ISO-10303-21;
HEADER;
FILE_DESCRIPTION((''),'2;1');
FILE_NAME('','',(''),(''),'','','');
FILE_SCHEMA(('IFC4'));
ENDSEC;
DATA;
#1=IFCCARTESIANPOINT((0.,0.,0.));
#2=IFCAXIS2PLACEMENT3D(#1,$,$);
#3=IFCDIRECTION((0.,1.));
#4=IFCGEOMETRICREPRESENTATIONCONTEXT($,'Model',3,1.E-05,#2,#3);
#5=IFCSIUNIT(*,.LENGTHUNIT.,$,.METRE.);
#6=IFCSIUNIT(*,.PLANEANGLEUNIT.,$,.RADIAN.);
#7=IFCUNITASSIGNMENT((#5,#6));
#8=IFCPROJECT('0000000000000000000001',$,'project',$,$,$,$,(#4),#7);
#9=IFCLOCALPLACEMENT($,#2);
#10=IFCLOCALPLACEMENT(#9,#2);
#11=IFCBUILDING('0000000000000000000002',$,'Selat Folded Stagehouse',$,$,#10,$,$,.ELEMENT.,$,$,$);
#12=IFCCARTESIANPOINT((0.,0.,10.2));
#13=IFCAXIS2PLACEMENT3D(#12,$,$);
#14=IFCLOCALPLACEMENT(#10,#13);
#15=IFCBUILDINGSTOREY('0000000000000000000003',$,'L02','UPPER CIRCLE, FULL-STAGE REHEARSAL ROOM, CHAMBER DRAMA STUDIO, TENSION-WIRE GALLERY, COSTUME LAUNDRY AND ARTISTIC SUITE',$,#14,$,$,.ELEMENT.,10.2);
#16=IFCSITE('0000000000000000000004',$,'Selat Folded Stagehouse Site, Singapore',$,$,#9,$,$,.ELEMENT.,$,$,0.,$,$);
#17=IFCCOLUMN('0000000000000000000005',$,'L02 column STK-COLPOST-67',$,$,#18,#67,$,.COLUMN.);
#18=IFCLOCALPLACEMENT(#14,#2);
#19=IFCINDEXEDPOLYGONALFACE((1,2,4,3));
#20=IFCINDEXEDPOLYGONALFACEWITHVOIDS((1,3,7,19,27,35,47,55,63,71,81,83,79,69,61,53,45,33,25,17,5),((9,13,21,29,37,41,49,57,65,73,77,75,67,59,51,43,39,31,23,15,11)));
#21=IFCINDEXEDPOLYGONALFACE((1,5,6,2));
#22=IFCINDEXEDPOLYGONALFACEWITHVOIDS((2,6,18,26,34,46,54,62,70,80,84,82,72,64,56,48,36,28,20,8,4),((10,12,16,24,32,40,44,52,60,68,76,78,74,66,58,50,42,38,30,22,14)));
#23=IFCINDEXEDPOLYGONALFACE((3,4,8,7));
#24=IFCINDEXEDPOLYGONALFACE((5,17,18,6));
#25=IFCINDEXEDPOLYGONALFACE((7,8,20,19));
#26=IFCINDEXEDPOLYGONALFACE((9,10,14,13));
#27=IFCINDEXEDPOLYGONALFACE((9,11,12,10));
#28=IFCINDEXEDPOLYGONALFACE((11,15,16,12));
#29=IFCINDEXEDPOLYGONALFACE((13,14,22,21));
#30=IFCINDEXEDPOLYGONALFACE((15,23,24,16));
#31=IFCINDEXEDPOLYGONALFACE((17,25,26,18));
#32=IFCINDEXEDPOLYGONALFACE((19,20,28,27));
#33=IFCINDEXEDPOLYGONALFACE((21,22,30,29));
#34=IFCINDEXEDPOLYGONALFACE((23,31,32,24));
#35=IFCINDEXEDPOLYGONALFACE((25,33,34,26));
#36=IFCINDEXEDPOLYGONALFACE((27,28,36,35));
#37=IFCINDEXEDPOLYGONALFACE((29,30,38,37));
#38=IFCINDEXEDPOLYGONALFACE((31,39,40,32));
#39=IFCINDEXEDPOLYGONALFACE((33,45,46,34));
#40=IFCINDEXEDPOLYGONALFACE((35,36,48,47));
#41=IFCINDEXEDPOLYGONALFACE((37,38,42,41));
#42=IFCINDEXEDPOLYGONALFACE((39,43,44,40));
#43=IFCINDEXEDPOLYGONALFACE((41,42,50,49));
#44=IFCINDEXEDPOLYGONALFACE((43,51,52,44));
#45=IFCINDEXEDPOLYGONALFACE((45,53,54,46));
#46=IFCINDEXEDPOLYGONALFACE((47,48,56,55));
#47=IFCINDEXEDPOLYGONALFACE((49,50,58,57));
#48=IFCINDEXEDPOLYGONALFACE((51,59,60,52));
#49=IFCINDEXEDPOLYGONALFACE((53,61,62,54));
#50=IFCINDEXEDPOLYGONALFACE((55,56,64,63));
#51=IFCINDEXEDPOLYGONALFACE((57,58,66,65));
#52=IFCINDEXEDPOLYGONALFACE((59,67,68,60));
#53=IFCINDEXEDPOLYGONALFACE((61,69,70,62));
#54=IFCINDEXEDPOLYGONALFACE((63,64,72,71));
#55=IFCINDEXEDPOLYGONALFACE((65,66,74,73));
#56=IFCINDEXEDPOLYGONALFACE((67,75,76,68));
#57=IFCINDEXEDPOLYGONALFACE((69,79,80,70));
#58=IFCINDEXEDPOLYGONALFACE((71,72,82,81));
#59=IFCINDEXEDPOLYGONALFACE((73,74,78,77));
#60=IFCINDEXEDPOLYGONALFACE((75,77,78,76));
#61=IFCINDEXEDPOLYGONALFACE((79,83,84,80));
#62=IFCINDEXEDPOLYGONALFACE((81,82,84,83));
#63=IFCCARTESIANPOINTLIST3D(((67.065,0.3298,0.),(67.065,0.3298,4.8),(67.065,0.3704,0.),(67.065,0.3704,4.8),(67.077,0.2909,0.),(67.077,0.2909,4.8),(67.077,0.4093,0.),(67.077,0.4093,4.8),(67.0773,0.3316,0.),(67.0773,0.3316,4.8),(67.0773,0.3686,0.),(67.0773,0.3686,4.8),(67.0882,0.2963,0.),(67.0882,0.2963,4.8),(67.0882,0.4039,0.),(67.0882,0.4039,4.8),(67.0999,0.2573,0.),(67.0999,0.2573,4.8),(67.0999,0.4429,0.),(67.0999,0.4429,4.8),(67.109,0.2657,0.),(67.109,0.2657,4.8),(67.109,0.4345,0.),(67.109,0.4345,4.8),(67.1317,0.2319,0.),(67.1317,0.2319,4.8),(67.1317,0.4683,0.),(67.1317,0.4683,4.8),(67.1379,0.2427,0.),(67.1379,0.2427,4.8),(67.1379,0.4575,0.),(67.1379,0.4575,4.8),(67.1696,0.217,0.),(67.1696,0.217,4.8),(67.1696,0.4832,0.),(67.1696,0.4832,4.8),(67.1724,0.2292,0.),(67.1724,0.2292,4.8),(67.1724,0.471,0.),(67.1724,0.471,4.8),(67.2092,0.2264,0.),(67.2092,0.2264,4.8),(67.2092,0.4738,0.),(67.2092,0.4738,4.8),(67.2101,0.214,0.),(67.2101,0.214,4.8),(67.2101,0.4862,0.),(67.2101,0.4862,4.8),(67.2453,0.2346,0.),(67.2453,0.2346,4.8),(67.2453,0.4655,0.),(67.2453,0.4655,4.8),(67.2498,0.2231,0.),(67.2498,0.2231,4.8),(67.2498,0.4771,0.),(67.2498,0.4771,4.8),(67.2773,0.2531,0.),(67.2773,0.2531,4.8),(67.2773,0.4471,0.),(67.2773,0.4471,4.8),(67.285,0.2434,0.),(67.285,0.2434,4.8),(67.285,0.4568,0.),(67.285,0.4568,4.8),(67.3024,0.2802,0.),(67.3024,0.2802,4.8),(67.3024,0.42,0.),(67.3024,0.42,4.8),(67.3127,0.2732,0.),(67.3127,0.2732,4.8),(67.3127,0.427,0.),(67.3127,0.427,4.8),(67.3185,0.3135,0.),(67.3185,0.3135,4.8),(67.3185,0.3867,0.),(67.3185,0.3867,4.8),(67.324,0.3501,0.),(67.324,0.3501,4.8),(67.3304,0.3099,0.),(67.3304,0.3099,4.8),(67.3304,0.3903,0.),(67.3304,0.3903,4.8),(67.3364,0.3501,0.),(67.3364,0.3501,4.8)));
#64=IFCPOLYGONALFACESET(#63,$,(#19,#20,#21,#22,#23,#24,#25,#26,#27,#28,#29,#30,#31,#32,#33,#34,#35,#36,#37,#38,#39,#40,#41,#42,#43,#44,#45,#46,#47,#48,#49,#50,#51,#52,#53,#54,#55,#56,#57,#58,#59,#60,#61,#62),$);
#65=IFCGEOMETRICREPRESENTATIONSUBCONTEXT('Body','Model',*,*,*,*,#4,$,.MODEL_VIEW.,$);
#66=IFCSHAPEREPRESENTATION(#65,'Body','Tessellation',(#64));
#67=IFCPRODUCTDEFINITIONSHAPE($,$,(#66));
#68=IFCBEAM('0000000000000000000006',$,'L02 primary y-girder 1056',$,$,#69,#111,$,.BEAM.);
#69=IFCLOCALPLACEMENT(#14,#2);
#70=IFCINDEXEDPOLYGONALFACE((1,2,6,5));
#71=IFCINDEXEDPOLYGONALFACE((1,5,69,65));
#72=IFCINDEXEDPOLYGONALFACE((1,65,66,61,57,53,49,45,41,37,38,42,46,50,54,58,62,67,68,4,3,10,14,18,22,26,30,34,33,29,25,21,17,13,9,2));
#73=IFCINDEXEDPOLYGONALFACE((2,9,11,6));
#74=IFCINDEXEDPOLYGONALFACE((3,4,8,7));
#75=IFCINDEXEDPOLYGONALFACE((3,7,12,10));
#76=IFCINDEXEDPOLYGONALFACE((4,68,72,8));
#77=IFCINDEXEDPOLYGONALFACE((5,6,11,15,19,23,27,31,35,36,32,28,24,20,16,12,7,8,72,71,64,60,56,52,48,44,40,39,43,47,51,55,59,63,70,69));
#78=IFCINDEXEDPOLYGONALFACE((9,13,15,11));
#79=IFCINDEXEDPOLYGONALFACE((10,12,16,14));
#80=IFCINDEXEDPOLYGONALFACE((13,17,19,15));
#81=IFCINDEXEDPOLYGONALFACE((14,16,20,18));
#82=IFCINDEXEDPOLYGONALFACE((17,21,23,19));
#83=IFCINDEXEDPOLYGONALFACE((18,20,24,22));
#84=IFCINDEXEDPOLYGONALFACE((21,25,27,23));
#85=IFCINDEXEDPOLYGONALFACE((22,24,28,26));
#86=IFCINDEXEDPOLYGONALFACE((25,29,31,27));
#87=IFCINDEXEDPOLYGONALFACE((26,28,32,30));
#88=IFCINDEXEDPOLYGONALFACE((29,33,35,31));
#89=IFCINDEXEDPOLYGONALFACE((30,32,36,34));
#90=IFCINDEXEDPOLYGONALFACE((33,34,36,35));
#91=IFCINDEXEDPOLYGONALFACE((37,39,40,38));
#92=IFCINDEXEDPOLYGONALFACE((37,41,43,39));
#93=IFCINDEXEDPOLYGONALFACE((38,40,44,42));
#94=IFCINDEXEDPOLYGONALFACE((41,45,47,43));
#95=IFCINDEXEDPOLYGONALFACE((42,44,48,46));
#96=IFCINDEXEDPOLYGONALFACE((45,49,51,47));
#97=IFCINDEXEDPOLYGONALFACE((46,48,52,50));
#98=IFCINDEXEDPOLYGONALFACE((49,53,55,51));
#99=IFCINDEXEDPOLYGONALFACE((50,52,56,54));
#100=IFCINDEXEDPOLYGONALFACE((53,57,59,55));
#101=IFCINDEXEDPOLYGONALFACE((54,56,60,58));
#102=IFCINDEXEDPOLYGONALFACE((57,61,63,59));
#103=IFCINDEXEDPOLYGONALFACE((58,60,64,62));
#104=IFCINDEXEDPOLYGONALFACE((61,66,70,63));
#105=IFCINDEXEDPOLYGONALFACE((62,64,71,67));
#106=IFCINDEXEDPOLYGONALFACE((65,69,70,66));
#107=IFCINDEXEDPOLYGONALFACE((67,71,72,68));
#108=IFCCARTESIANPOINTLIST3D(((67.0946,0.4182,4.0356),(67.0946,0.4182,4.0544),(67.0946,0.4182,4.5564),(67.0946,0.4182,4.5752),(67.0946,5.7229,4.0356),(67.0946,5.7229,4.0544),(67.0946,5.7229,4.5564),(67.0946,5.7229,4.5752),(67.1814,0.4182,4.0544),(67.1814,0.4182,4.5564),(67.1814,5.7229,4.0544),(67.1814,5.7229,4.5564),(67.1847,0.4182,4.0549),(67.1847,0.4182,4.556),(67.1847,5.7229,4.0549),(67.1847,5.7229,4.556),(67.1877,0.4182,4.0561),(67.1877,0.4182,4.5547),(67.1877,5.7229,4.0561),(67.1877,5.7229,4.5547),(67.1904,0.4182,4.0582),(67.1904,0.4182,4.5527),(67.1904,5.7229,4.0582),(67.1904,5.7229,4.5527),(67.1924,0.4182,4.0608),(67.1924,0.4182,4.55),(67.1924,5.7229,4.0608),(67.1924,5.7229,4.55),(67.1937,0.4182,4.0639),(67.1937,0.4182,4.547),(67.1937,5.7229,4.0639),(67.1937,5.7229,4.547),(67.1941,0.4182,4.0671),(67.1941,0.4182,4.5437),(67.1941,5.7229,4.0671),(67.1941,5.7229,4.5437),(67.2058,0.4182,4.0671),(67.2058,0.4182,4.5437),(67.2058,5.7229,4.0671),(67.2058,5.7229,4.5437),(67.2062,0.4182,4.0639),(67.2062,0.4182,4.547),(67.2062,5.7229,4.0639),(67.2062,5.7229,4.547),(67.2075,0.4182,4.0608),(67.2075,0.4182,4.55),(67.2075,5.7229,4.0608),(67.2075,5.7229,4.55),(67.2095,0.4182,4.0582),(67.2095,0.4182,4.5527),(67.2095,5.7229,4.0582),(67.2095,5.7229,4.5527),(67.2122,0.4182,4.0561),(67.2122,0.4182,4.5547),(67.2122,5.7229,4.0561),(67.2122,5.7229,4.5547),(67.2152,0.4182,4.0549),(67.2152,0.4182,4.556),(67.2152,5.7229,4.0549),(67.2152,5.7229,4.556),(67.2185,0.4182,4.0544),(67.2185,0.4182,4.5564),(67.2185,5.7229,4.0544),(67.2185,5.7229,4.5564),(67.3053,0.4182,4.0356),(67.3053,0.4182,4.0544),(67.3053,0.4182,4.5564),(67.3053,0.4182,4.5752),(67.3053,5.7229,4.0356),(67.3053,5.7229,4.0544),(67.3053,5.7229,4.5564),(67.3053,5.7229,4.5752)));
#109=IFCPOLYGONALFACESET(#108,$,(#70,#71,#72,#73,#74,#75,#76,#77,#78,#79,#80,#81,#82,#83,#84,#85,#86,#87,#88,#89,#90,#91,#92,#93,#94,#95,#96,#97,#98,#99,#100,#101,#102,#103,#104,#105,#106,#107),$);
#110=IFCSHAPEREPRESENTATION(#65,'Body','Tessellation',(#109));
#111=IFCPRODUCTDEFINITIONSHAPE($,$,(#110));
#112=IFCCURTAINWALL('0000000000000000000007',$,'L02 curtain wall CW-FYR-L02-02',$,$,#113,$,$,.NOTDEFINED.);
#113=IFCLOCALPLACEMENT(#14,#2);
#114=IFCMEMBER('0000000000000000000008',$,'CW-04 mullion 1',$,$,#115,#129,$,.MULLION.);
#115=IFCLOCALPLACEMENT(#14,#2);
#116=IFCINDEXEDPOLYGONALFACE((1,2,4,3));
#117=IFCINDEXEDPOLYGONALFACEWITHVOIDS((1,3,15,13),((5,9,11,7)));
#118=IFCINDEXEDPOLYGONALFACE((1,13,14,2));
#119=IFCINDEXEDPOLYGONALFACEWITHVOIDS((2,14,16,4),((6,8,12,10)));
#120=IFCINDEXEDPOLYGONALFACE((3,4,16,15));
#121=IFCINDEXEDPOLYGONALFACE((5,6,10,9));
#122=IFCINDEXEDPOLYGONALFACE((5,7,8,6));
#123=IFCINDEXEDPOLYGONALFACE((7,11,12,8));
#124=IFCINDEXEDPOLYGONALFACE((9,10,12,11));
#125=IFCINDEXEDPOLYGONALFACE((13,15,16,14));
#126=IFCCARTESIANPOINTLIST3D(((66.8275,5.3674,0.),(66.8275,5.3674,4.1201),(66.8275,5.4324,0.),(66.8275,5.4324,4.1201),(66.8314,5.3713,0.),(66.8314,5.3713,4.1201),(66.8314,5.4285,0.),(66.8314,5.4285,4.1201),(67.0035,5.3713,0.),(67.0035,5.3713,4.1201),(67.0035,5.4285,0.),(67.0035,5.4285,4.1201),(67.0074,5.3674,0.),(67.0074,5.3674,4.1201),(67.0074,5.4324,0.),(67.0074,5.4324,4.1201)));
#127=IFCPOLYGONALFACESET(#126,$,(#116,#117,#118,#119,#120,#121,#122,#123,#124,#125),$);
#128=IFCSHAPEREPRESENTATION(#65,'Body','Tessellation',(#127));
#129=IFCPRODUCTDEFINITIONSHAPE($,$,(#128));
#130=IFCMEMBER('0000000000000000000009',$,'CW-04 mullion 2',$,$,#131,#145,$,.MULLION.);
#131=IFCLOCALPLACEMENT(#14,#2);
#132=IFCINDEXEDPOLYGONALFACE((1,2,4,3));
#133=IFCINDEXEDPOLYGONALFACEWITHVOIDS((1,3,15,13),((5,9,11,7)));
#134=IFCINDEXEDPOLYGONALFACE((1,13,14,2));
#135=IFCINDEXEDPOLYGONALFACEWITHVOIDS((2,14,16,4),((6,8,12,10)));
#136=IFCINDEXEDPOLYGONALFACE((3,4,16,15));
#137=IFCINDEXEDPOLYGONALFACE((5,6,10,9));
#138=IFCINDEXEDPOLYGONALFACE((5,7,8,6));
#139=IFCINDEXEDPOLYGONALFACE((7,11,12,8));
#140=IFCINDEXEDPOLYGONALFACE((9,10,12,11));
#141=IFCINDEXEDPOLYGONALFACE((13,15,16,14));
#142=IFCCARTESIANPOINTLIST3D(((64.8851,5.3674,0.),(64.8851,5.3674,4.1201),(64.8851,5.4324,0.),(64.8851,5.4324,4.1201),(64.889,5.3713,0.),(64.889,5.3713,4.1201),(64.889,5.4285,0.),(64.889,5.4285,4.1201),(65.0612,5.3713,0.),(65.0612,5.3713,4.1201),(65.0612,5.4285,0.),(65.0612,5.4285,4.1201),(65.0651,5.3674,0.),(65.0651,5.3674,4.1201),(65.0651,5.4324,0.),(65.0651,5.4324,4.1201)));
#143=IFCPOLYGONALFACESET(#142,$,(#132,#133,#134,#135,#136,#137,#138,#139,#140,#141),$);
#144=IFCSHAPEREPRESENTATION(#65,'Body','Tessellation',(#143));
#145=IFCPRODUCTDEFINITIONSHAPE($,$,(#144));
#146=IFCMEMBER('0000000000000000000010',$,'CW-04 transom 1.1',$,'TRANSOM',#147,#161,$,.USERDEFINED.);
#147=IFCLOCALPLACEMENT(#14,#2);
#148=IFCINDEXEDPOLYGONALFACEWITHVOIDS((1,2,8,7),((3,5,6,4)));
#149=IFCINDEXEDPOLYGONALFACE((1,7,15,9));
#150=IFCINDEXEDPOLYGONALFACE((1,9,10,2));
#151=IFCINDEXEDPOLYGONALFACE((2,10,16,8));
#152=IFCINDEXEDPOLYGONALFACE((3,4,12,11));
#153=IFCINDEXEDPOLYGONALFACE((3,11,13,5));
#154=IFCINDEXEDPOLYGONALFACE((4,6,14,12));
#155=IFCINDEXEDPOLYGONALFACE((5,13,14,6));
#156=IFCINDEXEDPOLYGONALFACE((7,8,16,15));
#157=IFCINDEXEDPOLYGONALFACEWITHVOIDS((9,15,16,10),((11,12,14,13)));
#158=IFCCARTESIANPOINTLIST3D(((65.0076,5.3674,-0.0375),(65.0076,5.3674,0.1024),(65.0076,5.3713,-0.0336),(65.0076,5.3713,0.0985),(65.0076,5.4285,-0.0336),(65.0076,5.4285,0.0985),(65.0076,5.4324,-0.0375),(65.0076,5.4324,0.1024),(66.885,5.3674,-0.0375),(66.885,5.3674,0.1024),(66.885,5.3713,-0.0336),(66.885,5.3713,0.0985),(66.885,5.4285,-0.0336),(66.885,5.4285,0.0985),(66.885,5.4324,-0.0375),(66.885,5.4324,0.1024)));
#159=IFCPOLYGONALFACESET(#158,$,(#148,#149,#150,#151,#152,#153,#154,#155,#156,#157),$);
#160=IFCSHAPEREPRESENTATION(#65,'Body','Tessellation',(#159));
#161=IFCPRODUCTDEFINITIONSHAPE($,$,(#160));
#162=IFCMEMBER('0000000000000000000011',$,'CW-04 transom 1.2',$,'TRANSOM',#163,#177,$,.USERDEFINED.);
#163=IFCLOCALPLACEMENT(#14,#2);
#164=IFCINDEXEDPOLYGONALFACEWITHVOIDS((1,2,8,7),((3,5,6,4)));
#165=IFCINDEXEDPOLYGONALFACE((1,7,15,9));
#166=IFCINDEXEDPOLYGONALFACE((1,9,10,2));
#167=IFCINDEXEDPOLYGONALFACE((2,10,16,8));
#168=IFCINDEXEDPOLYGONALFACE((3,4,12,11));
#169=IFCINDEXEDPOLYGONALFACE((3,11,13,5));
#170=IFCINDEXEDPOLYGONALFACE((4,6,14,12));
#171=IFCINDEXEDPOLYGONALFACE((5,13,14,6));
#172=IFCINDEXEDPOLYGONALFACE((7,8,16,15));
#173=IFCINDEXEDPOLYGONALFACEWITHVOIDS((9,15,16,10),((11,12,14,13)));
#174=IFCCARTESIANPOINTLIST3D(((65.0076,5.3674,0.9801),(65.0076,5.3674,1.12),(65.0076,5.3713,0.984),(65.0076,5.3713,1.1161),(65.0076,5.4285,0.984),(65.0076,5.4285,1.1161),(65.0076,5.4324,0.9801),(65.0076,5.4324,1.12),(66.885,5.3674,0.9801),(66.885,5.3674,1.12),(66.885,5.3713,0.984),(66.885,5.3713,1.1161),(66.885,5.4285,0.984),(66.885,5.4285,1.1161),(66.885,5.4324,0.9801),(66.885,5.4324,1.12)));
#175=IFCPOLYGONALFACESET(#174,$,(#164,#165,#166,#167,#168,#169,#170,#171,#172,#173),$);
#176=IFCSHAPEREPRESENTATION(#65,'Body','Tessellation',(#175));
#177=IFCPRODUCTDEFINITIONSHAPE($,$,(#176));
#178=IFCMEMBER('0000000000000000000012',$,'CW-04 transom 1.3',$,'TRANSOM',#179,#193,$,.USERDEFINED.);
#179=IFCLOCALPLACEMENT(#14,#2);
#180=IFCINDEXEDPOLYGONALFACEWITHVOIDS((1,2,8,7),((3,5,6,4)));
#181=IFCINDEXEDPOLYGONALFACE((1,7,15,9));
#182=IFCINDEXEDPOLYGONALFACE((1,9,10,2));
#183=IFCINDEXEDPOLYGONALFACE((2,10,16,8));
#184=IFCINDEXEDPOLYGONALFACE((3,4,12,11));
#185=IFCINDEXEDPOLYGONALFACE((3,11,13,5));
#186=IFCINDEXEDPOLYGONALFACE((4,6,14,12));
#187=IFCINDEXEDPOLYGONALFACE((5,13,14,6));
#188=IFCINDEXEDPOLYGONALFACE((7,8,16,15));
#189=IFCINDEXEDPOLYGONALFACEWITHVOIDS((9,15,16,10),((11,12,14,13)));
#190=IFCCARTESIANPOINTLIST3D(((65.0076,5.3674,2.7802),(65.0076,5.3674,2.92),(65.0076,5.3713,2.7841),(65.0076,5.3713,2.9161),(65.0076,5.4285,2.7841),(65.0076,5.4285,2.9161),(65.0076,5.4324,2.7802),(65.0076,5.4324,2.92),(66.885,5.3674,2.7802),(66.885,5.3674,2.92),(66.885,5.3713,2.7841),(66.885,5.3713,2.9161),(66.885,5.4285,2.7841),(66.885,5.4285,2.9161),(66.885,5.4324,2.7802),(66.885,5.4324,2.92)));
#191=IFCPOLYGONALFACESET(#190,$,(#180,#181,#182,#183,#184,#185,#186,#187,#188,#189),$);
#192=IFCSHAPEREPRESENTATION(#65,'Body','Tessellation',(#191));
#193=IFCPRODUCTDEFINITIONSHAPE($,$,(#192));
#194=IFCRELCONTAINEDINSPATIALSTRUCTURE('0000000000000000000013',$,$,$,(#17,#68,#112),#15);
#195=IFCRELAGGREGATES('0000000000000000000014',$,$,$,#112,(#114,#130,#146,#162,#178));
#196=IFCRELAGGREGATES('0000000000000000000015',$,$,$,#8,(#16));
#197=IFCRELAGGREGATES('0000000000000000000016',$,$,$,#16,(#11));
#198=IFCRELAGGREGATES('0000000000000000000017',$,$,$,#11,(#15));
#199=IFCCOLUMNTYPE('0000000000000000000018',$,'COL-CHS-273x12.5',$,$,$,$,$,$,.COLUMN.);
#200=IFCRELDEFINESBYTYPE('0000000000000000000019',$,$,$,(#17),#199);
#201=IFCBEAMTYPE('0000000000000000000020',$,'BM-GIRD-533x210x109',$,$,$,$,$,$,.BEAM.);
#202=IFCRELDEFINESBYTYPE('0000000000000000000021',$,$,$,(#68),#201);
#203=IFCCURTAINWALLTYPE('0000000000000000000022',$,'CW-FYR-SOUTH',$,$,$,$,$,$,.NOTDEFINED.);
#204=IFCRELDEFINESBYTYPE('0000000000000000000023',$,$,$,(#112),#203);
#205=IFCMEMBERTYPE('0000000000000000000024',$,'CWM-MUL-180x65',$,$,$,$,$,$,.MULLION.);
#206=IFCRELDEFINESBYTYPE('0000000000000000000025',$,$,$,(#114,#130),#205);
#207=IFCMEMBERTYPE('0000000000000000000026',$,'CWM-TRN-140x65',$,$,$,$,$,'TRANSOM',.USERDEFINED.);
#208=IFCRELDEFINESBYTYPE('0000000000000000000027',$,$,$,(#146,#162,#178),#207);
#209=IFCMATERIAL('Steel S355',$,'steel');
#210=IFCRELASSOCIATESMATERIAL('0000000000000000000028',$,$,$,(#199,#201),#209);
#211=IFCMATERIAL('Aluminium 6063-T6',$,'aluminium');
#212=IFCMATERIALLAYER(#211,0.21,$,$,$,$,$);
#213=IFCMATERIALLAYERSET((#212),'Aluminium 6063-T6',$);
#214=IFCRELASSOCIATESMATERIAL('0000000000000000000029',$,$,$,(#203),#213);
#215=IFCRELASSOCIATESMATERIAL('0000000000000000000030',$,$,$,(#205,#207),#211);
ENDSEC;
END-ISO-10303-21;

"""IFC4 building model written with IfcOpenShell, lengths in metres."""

from ifc_helpers import new_model, si_unit, direction, frame, origin, origin_2d, place, context, subcontext, project, spatial, hollow_rectangle, hollow_circle, i_section, extrude, material, layer, layer_set, material_profile, profile_set, type_object, element, aggregate, save


model = new_model("IFC4")

# Units and contexts
model_context = context("Model", 3, precision=1e-05, world=origin(), true_north=direction((0.0, 1.0)))
body_context = subcontext(model_context, "Body", "Model", "MODEL_VIEW")
ifc_project = project(units=[si_unit("LENGTHUNIT", "METRE"), si_unit("PLANEANGLEUNIT", "RADIAN")], contexts=[model_context])

# Site, building, storey
site_placement = place(None, origin())
site = spatial("IfcSite", under=ifc_project, at=site_placement, Name="Selat Folded Stagehouse Site, Singapore", CompositionType="ELEMENT", RefElevation=0.0)
building_placement = place(site_placement, origin())
building = spatial("IfcBuilding", under=site, at=building_placement, Name="Selat Folded Stagehouse", CompositionType="ELEMENT")
storey_placement = place(building_placement, frame((0.0, 0.0, 10.2)))
storey = spatial("IfcBuildingStorey", under=building, at=storey_placement, Name="L02", Description="UPPER CIRCLE, FULL-STAGE REHEARSAL ROOM, CHAMBER DRAMA STUDIO, TENSION-WIRE GALLERY, COSTUME LAUNDRY AND ARTISTIC SUITE", CompositionType="ELEMENT", Elevation=10.2)

# Column
ifc_material_1 = material(Name="Steel S355", Category="steel")
ifc_material_profile_1 = material_profile(ifc_material_1, hollow_circle(Radius=0.1365, WallThickness=0.0125, at=origin_2d()), Name="CHS 273.0x12.5")
ifc_profile_set_1 = profile_set([ifc_material_profile_1], Name="Steel S355")
column_type = type_object("IfcColumnType", Name="COL-CHS-273x12.5", PredefinedType="COLUMN", material=ifc_profile_set_1)
column_placement = place(storey_placement, frame((67.2, 0.3501, 0.0), z_axis=(0.0, 0.0, 1.0), x_axis=(1.0, 0.0, 0.0)))
element("IfcColumn", 1, at=column_placement, inside=storey, type_object=column_type, Name="L02 column STK-COLPOST-67", PredefinedType="COLUMN", context=body_context, shape_type="SweptSolid", body=[
    extrude(hollow_circle(Radius=0.1365, WallThickness=0.0125, at=origin_2d()), origin(), (0.0, 0.0, 1.0), 4.8),
])

# Beam
ifc_material_profile_2 = material_profile(ifc_material_1, i_section(OverallWidth=0.2107, OverallDepth=0.5396, WebThickness=0.0117, FlangeThickness=0.0188, FilletRadius=0.0127, at=origin_2d()), Name="UKB 533x210x109")
ifc_profile_set_2 = profile_set([ifc_material_profile_2], Name="Steel S355")
beam_type_1 = type_object("IfcBeamType", Name="BM-GIRD-533x210x109", PredefinedType="BEAM", material=ifc_profile_set_2)
beam_placement = place(storey_placement, frame((67.2, 0.4182, 4.3054), z_axis=(0.0, 1.0, 0.0), x_axis=(-1.0, 0.0, 0.0)))
element("IfcBeam", 2, at=beam_placement, inside=storey, type_object=beam_type_1, Name="L02 primary y-girder 1056", PredefinedType="BEAM", context=body_context, shape_type="SweptSolid", body=[
    extrude(i_section(OverallWidth=0.2107, OverallDepth=0.5396, WebThickness=0.0117, FlangeThickness=0.0188, FilletRadius=0.0127, at=origin_2d()), origin(), (0.0, 0.0, 1.0), 5.3047),
])

# Curtain wall, members
ifc_material_2 = material(Name="Aluminium 6063-T6", Category="aluminium")
ifc_layer_1 = layer(ifc_material_2, 0.21)
ifc_layer_set_1 = layer_set([ifc_layer_1], Name="Aluminium 6063-T6")
curtain_wall_type = type_object("IfcCurtainWallType", Name="CW-FYR-SOUTH", PredefinedType="NOTDEFINED", material=ifc_layer_set_1)
curtain_wall_placement = place(storey_placement, origin())
curtain_wall = element("IfcCurtainWall", 3, at=curtain_wall_placement, inside=storey, type_object=curtain_wall_type, Name="L02 curtain wall CW-FYR-L02-02", PredefinedType="NOTDEFINED")
ifc_material_profile_3 = material_profile(ifc_material_2, hollow_rectangle(XDim=0.0649, YDim=0.1799, WallThickness=0.0039, at=origin_2d()), Name="ALU 180x65x4.0")
ifc_profile_set_3 = profile_set([ifc_material_profile_3], Name="Aluminium 6063-T6")
member_type_1 = type_object("IfcMemberType", Name="CWM-MUL-180x65", PredefinedType="MULLION", material=ifc_profile_set_3)
member_1_placement = place(storey_placement, frame((66.9175, 5.3999, 0.0), z_axis=(0.0, 0.0, 1.0), x_axis=(0.0, -1.0, 0.0)))
member_1 = element("IfcMember", 4, at=member_1_placement, type_object=member_type_1, Name="CW-04 mullion 1", PredefinedType="MULLION", context=body_context, shape_type="SweptSolid", body=[
    extrude(hollow_rectangle(XDim=0.0649, YDim=0.1799, WallThickness=0.0039, at=origin_2d()), origin(), (0.0, 0.0, 1.0), 4.1201),
])
member_2_placement = place(storey_placement, frame((64.9751, 5.3999, 0.0), z_axis=(0.0, 0.0, 1.0), x_axis=(0.0, -1.0, 0.0)))
member_2 = element("IfcMember", 5, at=member_2_placement, type_object=member_type_1, Name="CW-04 mullion 2", PredefinedType="MULLION", context=body_context, shape_type="SweptSolid", body=[
    extrude(hollow_rectangle(XDim=0.0649, YDim=0.1799, WallThickness=0.0039, at=origin_2d()), origin(), (0.0, 0.0, 1.0), 4.1201),
])
ifc_material_profile_4 = material_profile(ifc_material_2, hollow_rectangle(XDim=0.0649, YDim=0.1399, WallThickness=0.0039, at=origin_2d()), Name="ALU 140x65x4.0")
ifc_profile_set_4 = profile_set([ifc_material_profile_4], Name="Aluminium 6063-T6")
member_type_2 = type_object("IfcMemberType", Name="CWM-TRN-140x65", ElementType="TRANSOM", PredefinedType="USERDEFINED", material=ifc_profile_set_4)
member_3_placement = place(storey_placement, frame((66.885, 5.3999, 0.0325), z_axis=(-1.0, 0.0, 0.0), x_axis=(0.0, -1.0, 0.0)))
member_3 = element("IfcMember", 6, at=member_3_placement, type_object=member_type_2, Name="CW-04 transom 1.1", ObjectType="TRANSOM", PredefinedType="USERDEFINED", context=body_context, shape_type="SweptSolid", body=[
    extrude(hollow_rectangle(XDim=0.0649, YDim=0.1399, WallThickness=0.0039, at=origin_2d()), origin(), (0.0, 0.0, 1.0), 1.8774),
])
member_4_placement = place(storey_placement, frame((66.885, 5.3999, 1.05), z_axis=(-1.0, 0.0, 0.0), x_axis=(0.0, -1.0, 0.0)))
member_4 = element("IfcMember", 7, at=member_4_placement, type_object=member_type_2, Name="CW-04 transom 1.2", ObjectType="TRANSOM", PredefinedType="USERDEFINED", context=body_context, shape_type="SweptSolid", body=[
    extrude(hollow_rectangle(XDim=0.0649, YDim=0.1399, WallThickness=0.0039, at=origin_2d()), origin(), (0.0, 0.0, 1.0), 1.8774),
])
member_5_placement = place(storey_placement, frame((66.885, 5.3999, 2.8501), z_axis=(-1.0, 0.0, 0.0), x_axis=(0.0, -1.0, 0.0)))
member_5 = element("IfcMember", 8, at=member_5_placement, type_object=member_type_2, Name="CW-04 transom 1.3", ObjectType="TRANSOM", PredefinedType="USERDEFINED", context=body_context, shape_type="SweptSolid", body=[
    extrude(hollow_rectangle(XDim=0.0649, YDim=0.1399, WallThickness=0.0039, at=origin_2d()), origin(), (0.0, 0.0, 1.0), 1.8774),
])

aggregate(curtain_wall, [member_1, member_2, member_3, member_4, member_5])

save(model, "model.ifc")
